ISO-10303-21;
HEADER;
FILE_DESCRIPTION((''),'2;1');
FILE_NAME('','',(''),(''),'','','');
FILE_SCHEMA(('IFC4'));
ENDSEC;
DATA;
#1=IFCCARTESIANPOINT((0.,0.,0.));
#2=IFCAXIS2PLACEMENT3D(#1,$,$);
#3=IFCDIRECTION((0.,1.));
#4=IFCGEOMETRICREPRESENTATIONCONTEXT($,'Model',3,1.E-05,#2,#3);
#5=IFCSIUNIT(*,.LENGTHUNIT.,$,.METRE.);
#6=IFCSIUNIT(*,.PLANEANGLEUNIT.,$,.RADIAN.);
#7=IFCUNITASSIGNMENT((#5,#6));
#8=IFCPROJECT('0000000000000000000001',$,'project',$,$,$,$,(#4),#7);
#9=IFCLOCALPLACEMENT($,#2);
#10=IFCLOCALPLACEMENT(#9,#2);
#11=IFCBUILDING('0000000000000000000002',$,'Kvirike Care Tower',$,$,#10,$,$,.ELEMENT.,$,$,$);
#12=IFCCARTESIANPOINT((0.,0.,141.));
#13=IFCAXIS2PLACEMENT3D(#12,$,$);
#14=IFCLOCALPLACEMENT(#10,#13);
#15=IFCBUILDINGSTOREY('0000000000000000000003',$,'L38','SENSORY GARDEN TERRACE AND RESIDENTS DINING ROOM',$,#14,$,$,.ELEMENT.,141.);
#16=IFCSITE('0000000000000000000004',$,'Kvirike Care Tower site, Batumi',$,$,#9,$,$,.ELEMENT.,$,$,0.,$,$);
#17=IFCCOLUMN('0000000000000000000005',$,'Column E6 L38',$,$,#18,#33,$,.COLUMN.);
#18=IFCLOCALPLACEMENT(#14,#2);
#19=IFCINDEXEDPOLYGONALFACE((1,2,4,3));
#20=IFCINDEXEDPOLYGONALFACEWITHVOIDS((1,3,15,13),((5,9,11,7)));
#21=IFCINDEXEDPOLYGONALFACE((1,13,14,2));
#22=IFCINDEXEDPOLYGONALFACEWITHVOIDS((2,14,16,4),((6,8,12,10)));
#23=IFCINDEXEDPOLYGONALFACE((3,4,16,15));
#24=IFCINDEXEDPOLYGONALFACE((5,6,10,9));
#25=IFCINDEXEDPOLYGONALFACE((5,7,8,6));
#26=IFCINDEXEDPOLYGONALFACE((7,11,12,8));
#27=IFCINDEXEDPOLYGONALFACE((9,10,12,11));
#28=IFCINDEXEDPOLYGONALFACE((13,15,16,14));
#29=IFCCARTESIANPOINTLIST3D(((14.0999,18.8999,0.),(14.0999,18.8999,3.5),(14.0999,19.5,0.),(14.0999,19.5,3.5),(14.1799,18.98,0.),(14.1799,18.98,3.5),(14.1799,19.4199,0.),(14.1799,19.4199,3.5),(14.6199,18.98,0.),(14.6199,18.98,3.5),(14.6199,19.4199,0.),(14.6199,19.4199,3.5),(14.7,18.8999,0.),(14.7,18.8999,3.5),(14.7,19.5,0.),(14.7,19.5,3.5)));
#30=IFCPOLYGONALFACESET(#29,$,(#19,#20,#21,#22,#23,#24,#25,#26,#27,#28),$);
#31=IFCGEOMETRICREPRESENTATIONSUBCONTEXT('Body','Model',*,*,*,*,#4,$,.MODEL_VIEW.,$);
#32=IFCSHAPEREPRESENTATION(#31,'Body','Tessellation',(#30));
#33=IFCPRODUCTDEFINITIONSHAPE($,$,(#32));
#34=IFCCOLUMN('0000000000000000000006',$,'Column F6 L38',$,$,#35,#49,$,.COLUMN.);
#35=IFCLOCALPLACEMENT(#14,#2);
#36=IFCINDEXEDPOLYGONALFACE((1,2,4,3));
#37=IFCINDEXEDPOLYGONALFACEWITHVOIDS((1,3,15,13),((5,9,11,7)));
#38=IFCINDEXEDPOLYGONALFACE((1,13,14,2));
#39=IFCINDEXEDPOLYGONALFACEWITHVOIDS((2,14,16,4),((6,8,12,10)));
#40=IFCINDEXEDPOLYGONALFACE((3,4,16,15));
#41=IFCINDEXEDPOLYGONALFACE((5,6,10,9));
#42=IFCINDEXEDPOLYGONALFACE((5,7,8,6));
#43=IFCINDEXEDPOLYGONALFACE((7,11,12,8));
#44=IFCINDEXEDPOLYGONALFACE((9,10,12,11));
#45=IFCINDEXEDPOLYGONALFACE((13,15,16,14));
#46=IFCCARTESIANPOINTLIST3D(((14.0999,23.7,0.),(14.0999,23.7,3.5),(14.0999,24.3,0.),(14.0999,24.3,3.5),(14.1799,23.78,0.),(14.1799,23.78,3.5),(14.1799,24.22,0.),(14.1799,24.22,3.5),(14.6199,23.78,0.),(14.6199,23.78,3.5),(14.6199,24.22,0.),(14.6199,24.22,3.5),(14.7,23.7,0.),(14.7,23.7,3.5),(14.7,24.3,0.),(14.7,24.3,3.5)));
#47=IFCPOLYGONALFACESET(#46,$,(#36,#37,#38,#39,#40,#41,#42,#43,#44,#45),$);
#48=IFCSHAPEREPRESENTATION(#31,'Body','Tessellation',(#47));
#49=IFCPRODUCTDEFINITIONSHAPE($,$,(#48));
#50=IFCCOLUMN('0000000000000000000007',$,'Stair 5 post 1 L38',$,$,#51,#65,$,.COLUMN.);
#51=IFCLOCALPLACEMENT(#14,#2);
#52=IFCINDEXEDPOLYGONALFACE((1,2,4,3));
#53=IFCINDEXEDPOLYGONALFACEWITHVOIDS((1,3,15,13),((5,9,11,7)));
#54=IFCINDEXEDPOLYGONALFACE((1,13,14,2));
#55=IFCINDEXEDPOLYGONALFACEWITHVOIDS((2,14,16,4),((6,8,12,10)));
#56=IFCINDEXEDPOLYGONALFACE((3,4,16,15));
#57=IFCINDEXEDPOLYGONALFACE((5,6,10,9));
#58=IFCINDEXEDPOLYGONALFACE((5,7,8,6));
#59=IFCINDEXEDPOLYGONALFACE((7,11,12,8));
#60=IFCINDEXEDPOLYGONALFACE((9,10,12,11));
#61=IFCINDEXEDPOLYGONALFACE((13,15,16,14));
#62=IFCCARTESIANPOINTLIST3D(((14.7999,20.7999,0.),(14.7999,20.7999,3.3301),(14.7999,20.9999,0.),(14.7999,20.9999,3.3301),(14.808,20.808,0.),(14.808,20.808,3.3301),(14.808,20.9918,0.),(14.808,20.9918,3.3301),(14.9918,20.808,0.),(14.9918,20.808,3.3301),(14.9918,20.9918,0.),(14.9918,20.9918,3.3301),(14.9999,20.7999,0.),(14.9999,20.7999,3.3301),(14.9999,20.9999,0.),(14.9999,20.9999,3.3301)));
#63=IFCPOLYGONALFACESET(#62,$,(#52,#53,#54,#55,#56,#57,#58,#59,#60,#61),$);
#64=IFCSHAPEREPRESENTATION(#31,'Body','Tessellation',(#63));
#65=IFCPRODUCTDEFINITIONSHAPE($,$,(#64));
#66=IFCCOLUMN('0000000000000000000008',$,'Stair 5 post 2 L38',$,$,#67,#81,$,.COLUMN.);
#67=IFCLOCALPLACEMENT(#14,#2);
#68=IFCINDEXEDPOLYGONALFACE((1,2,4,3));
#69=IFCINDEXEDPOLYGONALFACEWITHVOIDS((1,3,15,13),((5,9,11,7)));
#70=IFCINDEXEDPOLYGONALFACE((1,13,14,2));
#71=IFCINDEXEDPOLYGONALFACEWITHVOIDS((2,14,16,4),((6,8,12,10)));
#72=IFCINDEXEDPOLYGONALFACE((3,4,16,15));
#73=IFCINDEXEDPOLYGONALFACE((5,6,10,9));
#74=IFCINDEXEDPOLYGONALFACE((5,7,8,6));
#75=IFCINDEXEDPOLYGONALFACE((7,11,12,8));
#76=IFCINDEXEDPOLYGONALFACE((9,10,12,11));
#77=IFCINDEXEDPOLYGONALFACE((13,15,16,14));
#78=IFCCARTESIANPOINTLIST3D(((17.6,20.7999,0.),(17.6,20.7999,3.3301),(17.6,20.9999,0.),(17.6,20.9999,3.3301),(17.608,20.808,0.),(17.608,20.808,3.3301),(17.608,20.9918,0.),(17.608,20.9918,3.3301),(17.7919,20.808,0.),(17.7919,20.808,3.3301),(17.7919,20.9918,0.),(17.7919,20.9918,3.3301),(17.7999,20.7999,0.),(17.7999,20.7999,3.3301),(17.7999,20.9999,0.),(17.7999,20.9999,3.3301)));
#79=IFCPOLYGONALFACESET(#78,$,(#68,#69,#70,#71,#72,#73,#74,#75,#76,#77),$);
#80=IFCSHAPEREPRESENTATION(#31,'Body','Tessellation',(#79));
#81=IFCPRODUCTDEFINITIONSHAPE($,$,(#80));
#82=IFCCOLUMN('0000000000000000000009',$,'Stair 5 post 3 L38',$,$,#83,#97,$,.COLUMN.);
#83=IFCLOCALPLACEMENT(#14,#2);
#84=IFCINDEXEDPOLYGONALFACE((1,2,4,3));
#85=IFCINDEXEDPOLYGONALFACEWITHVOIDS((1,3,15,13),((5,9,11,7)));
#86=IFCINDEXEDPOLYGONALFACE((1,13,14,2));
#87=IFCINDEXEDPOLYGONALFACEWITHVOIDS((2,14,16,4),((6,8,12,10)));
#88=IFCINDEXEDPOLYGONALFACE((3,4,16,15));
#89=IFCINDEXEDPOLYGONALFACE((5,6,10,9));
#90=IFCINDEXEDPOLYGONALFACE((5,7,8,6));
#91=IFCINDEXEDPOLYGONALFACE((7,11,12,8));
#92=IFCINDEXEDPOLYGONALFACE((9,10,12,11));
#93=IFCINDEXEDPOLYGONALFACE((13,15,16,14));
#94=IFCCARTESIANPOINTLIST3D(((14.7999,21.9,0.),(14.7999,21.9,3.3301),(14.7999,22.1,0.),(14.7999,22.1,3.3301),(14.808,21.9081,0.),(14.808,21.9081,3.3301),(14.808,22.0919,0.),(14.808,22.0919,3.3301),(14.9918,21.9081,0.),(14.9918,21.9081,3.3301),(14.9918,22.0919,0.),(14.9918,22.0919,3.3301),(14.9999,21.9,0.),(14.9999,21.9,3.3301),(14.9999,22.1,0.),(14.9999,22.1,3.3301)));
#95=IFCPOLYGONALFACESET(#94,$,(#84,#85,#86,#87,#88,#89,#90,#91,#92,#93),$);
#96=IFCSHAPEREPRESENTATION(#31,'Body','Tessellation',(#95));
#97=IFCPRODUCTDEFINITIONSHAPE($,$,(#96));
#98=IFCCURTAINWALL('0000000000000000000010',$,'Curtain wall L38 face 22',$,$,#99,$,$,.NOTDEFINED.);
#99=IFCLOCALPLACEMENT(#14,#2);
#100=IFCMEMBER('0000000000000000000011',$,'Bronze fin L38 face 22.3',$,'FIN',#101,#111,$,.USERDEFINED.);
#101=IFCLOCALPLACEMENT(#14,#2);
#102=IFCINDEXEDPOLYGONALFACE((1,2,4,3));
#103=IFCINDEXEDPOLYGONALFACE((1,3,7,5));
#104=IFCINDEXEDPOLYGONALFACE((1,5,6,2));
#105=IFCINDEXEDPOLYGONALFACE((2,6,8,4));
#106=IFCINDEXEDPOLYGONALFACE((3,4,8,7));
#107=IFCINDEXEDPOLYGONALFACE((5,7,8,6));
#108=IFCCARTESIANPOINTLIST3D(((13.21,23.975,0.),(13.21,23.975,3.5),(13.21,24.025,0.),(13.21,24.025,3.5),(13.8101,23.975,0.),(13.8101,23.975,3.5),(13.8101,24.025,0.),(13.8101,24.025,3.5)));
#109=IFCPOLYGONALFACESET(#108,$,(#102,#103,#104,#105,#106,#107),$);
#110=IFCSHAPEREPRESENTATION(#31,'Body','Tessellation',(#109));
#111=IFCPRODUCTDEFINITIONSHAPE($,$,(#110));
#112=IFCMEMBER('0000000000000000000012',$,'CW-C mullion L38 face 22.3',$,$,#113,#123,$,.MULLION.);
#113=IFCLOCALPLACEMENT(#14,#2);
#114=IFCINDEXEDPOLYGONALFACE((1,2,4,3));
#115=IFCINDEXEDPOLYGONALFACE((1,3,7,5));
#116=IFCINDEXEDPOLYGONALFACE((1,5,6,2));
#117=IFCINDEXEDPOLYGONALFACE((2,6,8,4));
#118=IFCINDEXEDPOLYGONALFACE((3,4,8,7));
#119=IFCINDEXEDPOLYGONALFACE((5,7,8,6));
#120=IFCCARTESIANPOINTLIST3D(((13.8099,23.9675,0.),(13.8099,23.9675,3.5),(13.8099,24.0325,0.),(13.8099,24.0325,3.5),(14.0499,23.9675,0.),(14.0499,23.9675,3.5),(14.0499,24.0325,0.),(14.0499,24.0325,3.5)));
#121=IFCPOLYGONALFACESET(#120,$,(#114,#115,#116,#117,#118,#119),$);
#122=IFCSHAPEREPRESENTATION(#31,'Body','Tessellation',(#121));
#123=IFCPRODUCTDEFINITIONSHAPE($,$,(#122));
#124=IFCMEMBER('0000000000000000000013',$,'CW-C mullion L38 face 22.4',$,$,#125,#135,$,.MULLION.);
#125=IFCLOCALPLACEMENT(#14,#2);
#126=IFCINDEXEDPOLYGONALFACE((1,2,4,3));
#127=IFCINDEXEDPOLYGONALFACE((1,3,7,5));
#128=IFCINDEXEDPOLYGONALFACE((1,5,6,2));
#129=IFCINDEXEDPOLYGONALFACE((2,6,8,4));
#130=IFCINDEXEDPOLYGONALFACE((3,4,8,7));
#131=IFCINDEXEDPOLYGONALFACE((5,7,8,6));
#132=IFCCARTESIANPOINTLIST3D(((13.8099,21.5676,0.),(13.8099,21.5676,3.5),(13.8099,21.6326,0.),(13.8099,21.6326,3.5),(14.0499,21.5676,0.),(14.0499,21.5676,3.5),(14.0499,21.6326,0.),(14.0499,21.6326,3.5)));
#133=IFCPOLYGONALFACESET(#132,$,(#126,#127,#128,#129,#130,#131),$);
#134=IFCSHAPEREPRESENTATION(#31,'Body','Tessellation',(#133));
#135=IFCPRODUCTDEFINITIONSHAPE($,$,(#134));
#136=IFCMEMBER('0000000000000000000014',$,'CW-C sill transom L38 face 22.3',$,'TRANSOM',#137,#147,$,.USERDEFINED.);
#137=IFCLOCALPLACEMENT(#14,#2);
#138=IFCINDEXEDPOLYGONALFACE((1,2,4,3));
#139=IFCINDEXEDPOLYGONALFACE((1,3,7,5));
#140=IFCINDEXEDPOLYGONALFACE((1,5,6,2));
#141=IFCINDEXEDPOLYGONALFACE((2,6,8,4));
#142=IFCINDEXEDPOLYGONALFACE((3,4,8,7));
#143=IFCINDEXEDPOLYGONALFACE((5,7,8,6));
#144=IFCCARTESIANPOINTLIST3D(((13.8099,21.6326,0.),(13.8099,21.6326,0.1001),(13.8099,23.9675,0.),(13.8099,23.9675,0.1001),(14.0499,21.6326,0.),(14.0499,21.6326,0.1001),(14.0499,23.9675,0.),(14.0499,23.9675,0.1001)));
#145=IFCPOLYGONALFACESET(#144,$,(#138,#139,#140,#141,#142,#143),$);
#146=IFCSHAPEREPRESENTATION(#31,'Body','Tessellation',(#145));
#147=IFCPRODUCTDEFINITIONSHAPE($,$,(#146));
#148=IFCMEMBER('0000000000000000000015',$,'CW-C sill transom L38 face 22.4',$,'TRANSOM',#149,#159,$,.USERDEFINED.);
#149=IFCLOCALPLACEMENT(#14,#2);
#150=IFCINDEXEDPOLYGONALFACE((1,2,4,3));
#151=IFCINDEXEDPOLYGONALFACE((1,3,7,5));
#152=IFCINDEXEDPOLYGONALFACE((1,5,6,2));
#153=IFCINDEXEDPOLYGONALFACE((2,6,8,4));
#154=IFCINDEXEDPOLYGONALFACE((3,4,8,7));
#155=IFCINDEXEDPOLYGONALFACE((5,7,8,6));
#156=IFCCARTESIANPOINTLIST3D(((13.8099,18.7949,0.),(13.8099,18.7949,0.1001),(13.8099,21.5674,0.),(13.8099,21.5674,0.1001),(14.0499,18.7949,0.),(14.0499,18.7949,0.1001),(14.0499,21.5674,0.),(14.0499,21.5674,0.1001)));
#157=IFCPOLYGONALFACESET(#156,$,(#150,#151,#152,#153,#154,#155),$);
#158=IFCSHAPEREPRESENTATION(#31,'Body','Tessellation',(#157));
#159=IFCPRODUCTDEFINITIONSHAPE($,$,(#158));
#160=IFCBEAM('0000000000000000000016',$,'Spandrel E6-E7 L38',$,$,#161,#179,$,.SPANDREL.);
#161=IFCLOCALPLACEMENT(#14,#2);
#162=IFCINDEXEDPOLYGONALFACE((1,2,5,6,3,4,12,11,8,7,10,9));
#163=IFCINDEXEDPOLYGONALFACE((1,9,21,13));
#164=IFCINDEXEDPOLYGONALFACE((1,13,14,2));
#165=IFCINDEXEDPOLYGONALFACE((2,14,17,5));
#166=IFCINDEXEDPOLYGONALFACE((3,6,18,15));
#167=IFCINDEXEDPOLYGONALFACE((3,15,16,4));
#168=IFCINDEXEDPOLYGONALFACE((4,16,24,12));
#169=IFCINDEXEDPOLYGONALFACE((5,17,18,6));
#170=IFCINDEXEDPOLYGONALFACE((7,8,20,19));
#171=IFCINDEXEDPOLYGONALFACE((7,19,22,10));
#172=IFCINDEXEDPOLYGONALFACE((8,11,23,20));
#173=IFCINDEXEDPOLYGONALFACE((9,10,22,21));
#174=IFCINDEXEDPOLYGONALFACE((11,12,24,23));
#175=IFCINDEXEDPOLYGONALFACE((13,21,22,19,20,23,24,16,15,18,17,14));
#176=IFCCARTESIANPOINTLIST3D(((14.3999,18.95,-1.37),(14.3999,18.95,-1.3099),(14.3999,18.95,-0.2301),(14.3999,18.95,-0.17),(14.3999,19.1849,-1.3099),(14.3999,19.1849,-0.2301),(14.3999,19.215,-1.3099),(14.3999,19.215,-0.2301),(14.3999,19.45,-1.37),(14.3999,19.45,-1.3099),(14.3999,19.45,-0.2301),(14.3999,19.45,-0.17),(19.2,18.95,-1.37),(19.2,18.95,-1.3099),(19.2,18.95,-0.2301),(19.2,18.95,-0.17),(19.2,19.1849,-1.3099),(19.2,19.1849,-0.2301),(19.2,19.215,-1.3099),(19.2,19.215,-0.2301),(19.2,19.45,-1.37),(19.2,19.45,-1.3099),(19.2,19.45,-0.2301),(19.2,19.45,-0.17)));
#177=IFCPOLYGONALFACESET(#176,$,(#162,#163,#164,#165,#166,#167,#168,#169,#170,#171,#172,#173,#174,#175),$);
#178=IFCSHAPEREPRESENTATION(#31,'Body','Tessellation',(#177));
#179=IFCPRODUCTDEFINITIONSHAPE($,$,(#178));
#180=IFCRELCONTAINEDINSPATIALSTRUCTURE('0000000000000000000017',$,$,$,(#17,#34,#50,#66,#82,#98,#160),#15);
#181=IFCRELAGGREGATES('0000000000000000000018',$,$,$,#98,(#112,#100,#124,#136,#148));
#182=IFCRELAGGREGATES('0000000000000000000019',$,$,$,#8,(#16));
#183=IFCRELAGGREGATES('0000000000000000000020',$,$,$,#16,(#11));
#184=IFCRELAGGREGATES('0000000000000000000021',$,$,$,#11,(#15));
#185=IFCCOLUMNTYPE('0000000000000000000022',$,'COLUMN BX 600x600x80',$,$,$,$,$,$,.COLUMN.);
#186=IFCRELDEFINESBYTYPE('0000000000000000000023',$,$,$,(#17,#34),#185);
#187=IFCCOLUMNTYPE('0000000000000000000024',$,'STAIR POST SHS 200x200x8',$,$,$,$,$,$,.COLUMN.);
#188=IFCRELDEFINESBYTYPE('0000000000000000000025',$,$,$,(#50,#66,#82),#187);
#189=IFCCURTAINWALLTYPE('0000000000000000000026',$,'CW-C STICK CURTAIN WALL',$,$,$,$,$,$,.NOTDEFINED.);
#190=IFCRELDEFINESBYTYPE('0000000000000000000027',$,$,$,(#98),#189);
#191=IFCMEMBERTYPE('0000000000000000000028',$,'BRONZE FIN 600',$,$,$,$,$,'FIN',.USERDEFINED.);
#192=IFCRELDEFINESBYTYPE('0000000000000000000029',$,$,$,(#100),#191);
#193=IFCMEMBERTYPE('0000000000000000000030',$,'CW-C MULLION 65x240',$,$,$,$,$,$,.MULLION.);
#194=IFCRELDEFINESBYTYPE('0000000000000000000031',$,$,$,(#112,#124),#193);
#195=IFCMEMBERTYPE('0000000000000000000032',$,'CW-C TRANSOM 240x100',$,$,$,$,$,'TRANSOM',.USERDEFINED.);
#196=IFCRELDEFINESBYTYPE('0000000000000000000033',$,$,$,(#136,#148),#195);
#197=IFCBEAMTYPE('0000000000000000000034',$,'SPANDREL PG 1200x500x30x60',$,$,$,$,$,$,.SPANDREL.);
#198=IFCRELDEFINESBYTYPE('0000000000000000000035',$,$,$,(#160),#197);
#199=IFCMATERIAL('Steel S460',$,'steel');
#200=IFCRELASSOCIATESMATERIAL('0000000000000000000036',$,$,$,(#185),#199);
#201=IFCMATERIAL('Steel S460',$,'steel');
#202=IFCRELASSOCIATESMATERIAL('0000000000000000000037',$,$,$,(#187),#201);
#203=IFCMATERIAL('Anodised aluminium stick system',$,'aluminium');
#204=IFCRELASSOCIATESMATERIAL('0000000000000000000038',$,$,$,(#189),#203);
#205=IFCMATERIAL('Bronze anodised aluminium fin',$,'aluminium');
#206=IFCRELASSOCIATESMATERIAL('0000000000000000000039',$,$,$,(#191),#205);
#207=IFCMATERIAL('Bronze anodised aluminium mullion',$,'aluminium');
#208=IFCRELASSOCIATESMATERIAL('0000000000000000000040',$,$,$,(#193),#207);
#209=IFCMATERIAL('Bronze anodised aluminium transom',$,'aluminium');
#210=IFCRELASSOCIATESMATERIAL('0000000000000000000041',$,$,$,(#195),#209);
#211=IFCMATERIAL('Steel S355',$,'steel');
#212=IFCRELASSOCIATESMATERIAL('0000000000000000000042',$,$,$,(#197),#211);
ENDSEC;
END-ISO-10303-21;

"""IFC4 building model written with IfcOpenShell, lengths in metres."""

from ifc_helpers import new_model, si_unit, direction, frame, origin, origin_2d, place, context, subcontext, project, spatial, rectangle, hollow_rectangle, i_section, extrude, material, material_profile, profile_set, type_object, element, aggregate, save


model = new_model("IFC4")

# Units and contexts
model_context = context("Model", 3, precision=1e-05, world=origin(), true_north=direction((0.0, 1.0)))
body_context = subcontext(model_context, "Body", "Model", "MODEL_VIEW")
ifc_project = project(units=[si_unit("LENGTHUNIT", "METRE"), si_unit("PLANEANGLEUNIT", "RADIAN")], contexts=[model_context])

# Site, building, storey
site_placement = place(None, origin())
site = spatial("IfcSite", under=ifc_project, at=site_placement, Name="Kvirike Care Tower site, Batumi", CompositionType="ELEMENT", RefElevation=0.0)
building_placement = place(site_placement, origin())
building = spatial("IfcBuilding", under=site, at=building_placement, Name="Kvirike Care Tower", CompositionType="ELEMENT")
storey_placement = place(building_placement, frame((0.0, 0.0, 141.0)))
storey = spatial("IfcBuildingStorey", under=building, at=storey_placement, Name="L38", Description="SENSORY GARDEN TERRACE AND RESIDENTS DINING ROOM", CompositionType="ELEMENT", Elevation=141.0)

# Columns
ifc_material_1 = material(Name="Steel S460", Category="steel")
ifc_material_profile_1 = material_profile(ifc_material_1, hollow_rectangle(XDim=0.6001, YDim=0.6001, WallThickness=0.0801, at=origin_2d()), Name="BX 600x600x80")
ifc_profile_set_1 = profile_set([ifc_material_profile_1], Name="Steel S460")
column_type_1 = type_object("IfcColumnType", Name="COLUMN BX 600x600x80", PredefinedType="COLUMN", material=ifc_profile_set_1)
for number, where, z_axis, x_axis, name in (
    (1, (14.3999, 19.2, 0.0), (0.0, 0.0, 1.0), (0.0, 1.0, 0.0), "Column E6 L38"),
    (2, (14.3999, 24.0, 0.0), (0.0, 0.0, 1.0), (1.0, 0.0, 0.0), "Column F6 L38"),
):
    element("IfcColumn", number, at=place(storey_placement, frame(where, z_axis=z_axis, x_axis=x_axis)), inside=storey, type_object=column_type_1, Name=name, PredefinedType="COLUMN", context=body_context, shape_type="SweptSolid", body=[
        extrude(hollow_rectangle(XDim=0.6001, YDim=0.6001, WallThickness=0.0801, at=origin_2d()), origin(), (0.0, 0.0, 1.0), 3.5),
    ])
ifc_material_2 = material(Name="Steel S460", Category="steel")
ifc_material_profile_2 = material_profile(ifc_material_2, hollow_rectangle(XDim=0.2, YDim=0.2, WallThickness=0.0081, at=origin_2d()), Name="SHS 200x200x8")
ifc_profile_set_2 = profile_set([ifc_material_profile_2], Name="Steel S460")
column_type_2 = type_object("IfcColumnType", Name="STAIR POST SHS 200x200x8", PredefinedType="COLUMN", material=ifc_profile_set_2)
for number, where, z_axis, x_axis, name in (
    (3, (14.8999, 20.8999, 0.0), (0.0, 0.0, 1.0), (1.0, 0.0, 0.0), "Stair 5 post 1 L38"),
    (4, (17.7, 20.8999, 0.0), (0.0, 0.0, 1.0), (1.0, 0.0, 0.0), "Stair 5 post 2 L38"),
    (5, (14.8999, 22.0, 0.0), (0.0, 0.0, 1.0), (1.0, 0.0, 0.0), "Stair 5 post 3 L38"),
):
    element("IfcColumn", number, at=place(storey_placement, frame(where, z_axis=z_axis, x_axis=x_axis)), inside=storey, type_object=column_type_2, Name=name, PredefinedType="COLUMN", context=body_context, shape_type="SweptSolid", body=[
        extrude(hollow_rectangle(XDim=0.2, YDim=0.2, WallThickness=0.0081, at=origin_2d()), origin(), (0.0, 0.0, 1.0), 3.3301),
    ])

# Curtain wall, members
ifc_material_3 = material(Name="Anodised aluminium stick system", Category="aluminium")
curtain_wall_type = type_object("IfcCurtainWallType", Name="CW-C STICK CURTAIN WALL", PredefinedType="NOTDEFINED", material=ifc_material_3)
curtain_wall_placement = place(storey_placement, origin())
curtain_wall = element("IfcCurtainWall", 6, at=curtain_wall_placement, inside=storey, type_object=curtain_wall_type, Name="Curtain wall L38 face 22", PredefinedType="NOTDEFINED")
ifc_material_4 = material(Name="Bronze anodised aluminium fin", Category="aluminium")
ifc_material_profile_3 = material_profile(ifc_material_4, rectangle(XDim=0.05, YDim=0.6001, at=origin_2d()), Name="BRONZE FIN 600")
ifc_profile_set_3 = profile_set([ifc_material_profile_3], Name="Bronze anodised aluminium fin")
member_type_1 = type_object("IfcMemberType", Name="BRONZE FIN 600", ElementType="FIN", PredefinedType="USERDEFINED", material=ifc_profile_set_3)
member_1_placement = place(storey_placement, frame((13.51, 24.0, 0.0), z_axis=(0.0, 0.0, 1.0), x_axis=(0.0, -1.0, 0.0)))
member_1 = element("IfcMember", 7, at=member_1_placement, type_object=member_type_1, Name="Bronze fin L38 face 22.3", ObjectType="FIN", PredefinedType="USERDEFINED", context=body_context, shape_type="SweptSolid", body=[
    extrude(rectangle(XDim=0.05, YDim=0.6001, at=origin_2d()), origin(), (0.0, 0.0, 1.0), 3.5),
])
ifc_material_5 = material(Name="Bronze anodised aluminium mullion", Category="aluminium")
ifc_material_profile_4 = material_profile(ifc_material_5, rectangle(XDim=0.0649, YDim=0.24, at=origin_2d()), Name="CW-C MULLION 65x240")
ifc_profile_set_4 = profile_set([ifc_material_profile_4], Name="Bronze anodised aluminium mullion")
member_type_2 = type_object("IfcMemberType", Name="CW-C MULLION 65x240", PredefinedType="MULLION", material=ifc_profile_set_4)
member_2_placement = place(storey_placement, frame((13.9299, 24.0, 0.0), z_axis=(0.0, 0.0, 1.0), x_axis=(0.0, -1.0, 0.0)))
member_2 = element("IfcMember", 8, at=member_2_placement, type_object=member_type_2, Name="CW-C mullion L38 face 22.3", PredefinedType="MULLION", context=body_context, shape_type="SweptSolid", body=[
    extrude(rectangle(XDim=0.0649, YDim=0.24, at=origin_2d()), origin(), (0.0, 0.0, 1.0), 3.5),
])
member_3_placement = place(storey_placement, frame((13.9299, 21.6001, 0.0), z_axis=(0.0, 0.0, 1.0), x_axis=(0.0, -1.0, 0.0)))
member_3 = element("IfcMember", 9, at=member_3_placement, type_object=member_type_2, Name="CW-C mullion L38 face 22.4", PredefinedType="MULLION", context=body_context, shape_type="SweptSolid", body=[
    extrude(rectangle(XDim=0.0649, YDim=0.24, at=origin_2d()), origin(), (0.0, 0.0, 1.0), 3.5),
])
ifc_material_6 = material(Name="Bronze anodised aluminium transom", Category="aluminium")
ifc_material_profile_5 = material_profile(ifc_material_6, rectangle(XDim=0.24, YDim=0.1001, at=origin_2d()), Name="CW-C TRANSOM 240x100")
ifc_profile_set_5 = profile_set([ifc_material_profile_5], Name="Bronze anodised aluminium transom")
member_type_3 = type_object("IfcMemberType", Name="CW-C TRANSOM 240x100", ElementType="TRANSOM", PredefinedType="USERDEFINED", material=ifc_profile_set_5)
member_4_placement = place(storey_placement, frame((13.9299, 23.9675, 0.05), z_axis=(0.0, -1.0, 0.0), x_axis=(1.0, 0.0, 0.0)))
member_4 = element("IfcMember", 10, at=member_4_placement, type_object=member_type_3, Name="CW-C sill transom L38 face 22.3", ObjectType="TRANSOM", PredefinedType="USERDEFINED", context=body_context, shape_type="SweptSolid", body=[
    extrude(rectangle(XDim=0.24, YDim=0.1001, at=origin_2d()), origin(), (0.0, 0.0, 1.0), 2.335),
])
member_5_placement = place(storey_placement, frame((13.9299, 21.5674, 0.05), z_axis=(0.0, -1.0, 0.0), x_axis=(1.0, 0.0, 0.0)))
member_5 = element("IfcMember", 11, at=member_5_placement, type_object=member_type_3, Name="CW-C sill transom L38 face 22.4", ObjectType="TRANSOM", PredefinedType="USERDEFINED", context=body_context, shape_type="SweptSolid", body=[
    extrude(rectangle(XDim=0.24, YDim=0.1001, at=origin_2d()), origin(), (0.0, 0.0, 1.0), 2.7725),
])

# Beam
ifc_material_7 = material(Name="Steel S355", Category="steel")
ifc_material_profile_6 = material_profile(ifc_material_7, i_section(OverallWidth=0.5, OverallDepth=1.2, WebThickness=0.03, FlangeThickness=0.0601, at=origin_2d()), Name="PG 1200x500x30x60")
ifc_profile_set_6 = profile_set([ifc_material_profile_6], Name="Steel S355")
beam_type_1 = type_object("IfcBeamType", Name="SPANDREL PG 1200x500x30x60", PredefinedType="SPANDREL", material=ifc_profile_set_6)
for number, where, z_axis, x_axis, name in (
    (12, (14.3999, 19.2, -0.77), (1.0, 0.0, 0.0), (0.0, 1.0, 0.0), "Spandrel E6-E7 L38"),
):
    element("IfcBeam", number, at=place(storey_placement, frame(where, z_axis=z_axis, x_axis=x_axis)), inside=storey, type_object=beam_type_1, Name=name, PredefinedType="SPANDREL", context=body_context, shape_type="SweptSolid", body=[
        extrude(i_section(OverallWidth=0.5, OverallDepth=1.2, WebThickness=0.03, FlangeThickness=0.0601, at=origin_2d()), origin(), (0.0, 0.0, 1.0), 4.8),
    ])

aggregate(curtain_wall, [member_2, member_1, member_3, member_4, member_5])

save(model, "model.ifc")
